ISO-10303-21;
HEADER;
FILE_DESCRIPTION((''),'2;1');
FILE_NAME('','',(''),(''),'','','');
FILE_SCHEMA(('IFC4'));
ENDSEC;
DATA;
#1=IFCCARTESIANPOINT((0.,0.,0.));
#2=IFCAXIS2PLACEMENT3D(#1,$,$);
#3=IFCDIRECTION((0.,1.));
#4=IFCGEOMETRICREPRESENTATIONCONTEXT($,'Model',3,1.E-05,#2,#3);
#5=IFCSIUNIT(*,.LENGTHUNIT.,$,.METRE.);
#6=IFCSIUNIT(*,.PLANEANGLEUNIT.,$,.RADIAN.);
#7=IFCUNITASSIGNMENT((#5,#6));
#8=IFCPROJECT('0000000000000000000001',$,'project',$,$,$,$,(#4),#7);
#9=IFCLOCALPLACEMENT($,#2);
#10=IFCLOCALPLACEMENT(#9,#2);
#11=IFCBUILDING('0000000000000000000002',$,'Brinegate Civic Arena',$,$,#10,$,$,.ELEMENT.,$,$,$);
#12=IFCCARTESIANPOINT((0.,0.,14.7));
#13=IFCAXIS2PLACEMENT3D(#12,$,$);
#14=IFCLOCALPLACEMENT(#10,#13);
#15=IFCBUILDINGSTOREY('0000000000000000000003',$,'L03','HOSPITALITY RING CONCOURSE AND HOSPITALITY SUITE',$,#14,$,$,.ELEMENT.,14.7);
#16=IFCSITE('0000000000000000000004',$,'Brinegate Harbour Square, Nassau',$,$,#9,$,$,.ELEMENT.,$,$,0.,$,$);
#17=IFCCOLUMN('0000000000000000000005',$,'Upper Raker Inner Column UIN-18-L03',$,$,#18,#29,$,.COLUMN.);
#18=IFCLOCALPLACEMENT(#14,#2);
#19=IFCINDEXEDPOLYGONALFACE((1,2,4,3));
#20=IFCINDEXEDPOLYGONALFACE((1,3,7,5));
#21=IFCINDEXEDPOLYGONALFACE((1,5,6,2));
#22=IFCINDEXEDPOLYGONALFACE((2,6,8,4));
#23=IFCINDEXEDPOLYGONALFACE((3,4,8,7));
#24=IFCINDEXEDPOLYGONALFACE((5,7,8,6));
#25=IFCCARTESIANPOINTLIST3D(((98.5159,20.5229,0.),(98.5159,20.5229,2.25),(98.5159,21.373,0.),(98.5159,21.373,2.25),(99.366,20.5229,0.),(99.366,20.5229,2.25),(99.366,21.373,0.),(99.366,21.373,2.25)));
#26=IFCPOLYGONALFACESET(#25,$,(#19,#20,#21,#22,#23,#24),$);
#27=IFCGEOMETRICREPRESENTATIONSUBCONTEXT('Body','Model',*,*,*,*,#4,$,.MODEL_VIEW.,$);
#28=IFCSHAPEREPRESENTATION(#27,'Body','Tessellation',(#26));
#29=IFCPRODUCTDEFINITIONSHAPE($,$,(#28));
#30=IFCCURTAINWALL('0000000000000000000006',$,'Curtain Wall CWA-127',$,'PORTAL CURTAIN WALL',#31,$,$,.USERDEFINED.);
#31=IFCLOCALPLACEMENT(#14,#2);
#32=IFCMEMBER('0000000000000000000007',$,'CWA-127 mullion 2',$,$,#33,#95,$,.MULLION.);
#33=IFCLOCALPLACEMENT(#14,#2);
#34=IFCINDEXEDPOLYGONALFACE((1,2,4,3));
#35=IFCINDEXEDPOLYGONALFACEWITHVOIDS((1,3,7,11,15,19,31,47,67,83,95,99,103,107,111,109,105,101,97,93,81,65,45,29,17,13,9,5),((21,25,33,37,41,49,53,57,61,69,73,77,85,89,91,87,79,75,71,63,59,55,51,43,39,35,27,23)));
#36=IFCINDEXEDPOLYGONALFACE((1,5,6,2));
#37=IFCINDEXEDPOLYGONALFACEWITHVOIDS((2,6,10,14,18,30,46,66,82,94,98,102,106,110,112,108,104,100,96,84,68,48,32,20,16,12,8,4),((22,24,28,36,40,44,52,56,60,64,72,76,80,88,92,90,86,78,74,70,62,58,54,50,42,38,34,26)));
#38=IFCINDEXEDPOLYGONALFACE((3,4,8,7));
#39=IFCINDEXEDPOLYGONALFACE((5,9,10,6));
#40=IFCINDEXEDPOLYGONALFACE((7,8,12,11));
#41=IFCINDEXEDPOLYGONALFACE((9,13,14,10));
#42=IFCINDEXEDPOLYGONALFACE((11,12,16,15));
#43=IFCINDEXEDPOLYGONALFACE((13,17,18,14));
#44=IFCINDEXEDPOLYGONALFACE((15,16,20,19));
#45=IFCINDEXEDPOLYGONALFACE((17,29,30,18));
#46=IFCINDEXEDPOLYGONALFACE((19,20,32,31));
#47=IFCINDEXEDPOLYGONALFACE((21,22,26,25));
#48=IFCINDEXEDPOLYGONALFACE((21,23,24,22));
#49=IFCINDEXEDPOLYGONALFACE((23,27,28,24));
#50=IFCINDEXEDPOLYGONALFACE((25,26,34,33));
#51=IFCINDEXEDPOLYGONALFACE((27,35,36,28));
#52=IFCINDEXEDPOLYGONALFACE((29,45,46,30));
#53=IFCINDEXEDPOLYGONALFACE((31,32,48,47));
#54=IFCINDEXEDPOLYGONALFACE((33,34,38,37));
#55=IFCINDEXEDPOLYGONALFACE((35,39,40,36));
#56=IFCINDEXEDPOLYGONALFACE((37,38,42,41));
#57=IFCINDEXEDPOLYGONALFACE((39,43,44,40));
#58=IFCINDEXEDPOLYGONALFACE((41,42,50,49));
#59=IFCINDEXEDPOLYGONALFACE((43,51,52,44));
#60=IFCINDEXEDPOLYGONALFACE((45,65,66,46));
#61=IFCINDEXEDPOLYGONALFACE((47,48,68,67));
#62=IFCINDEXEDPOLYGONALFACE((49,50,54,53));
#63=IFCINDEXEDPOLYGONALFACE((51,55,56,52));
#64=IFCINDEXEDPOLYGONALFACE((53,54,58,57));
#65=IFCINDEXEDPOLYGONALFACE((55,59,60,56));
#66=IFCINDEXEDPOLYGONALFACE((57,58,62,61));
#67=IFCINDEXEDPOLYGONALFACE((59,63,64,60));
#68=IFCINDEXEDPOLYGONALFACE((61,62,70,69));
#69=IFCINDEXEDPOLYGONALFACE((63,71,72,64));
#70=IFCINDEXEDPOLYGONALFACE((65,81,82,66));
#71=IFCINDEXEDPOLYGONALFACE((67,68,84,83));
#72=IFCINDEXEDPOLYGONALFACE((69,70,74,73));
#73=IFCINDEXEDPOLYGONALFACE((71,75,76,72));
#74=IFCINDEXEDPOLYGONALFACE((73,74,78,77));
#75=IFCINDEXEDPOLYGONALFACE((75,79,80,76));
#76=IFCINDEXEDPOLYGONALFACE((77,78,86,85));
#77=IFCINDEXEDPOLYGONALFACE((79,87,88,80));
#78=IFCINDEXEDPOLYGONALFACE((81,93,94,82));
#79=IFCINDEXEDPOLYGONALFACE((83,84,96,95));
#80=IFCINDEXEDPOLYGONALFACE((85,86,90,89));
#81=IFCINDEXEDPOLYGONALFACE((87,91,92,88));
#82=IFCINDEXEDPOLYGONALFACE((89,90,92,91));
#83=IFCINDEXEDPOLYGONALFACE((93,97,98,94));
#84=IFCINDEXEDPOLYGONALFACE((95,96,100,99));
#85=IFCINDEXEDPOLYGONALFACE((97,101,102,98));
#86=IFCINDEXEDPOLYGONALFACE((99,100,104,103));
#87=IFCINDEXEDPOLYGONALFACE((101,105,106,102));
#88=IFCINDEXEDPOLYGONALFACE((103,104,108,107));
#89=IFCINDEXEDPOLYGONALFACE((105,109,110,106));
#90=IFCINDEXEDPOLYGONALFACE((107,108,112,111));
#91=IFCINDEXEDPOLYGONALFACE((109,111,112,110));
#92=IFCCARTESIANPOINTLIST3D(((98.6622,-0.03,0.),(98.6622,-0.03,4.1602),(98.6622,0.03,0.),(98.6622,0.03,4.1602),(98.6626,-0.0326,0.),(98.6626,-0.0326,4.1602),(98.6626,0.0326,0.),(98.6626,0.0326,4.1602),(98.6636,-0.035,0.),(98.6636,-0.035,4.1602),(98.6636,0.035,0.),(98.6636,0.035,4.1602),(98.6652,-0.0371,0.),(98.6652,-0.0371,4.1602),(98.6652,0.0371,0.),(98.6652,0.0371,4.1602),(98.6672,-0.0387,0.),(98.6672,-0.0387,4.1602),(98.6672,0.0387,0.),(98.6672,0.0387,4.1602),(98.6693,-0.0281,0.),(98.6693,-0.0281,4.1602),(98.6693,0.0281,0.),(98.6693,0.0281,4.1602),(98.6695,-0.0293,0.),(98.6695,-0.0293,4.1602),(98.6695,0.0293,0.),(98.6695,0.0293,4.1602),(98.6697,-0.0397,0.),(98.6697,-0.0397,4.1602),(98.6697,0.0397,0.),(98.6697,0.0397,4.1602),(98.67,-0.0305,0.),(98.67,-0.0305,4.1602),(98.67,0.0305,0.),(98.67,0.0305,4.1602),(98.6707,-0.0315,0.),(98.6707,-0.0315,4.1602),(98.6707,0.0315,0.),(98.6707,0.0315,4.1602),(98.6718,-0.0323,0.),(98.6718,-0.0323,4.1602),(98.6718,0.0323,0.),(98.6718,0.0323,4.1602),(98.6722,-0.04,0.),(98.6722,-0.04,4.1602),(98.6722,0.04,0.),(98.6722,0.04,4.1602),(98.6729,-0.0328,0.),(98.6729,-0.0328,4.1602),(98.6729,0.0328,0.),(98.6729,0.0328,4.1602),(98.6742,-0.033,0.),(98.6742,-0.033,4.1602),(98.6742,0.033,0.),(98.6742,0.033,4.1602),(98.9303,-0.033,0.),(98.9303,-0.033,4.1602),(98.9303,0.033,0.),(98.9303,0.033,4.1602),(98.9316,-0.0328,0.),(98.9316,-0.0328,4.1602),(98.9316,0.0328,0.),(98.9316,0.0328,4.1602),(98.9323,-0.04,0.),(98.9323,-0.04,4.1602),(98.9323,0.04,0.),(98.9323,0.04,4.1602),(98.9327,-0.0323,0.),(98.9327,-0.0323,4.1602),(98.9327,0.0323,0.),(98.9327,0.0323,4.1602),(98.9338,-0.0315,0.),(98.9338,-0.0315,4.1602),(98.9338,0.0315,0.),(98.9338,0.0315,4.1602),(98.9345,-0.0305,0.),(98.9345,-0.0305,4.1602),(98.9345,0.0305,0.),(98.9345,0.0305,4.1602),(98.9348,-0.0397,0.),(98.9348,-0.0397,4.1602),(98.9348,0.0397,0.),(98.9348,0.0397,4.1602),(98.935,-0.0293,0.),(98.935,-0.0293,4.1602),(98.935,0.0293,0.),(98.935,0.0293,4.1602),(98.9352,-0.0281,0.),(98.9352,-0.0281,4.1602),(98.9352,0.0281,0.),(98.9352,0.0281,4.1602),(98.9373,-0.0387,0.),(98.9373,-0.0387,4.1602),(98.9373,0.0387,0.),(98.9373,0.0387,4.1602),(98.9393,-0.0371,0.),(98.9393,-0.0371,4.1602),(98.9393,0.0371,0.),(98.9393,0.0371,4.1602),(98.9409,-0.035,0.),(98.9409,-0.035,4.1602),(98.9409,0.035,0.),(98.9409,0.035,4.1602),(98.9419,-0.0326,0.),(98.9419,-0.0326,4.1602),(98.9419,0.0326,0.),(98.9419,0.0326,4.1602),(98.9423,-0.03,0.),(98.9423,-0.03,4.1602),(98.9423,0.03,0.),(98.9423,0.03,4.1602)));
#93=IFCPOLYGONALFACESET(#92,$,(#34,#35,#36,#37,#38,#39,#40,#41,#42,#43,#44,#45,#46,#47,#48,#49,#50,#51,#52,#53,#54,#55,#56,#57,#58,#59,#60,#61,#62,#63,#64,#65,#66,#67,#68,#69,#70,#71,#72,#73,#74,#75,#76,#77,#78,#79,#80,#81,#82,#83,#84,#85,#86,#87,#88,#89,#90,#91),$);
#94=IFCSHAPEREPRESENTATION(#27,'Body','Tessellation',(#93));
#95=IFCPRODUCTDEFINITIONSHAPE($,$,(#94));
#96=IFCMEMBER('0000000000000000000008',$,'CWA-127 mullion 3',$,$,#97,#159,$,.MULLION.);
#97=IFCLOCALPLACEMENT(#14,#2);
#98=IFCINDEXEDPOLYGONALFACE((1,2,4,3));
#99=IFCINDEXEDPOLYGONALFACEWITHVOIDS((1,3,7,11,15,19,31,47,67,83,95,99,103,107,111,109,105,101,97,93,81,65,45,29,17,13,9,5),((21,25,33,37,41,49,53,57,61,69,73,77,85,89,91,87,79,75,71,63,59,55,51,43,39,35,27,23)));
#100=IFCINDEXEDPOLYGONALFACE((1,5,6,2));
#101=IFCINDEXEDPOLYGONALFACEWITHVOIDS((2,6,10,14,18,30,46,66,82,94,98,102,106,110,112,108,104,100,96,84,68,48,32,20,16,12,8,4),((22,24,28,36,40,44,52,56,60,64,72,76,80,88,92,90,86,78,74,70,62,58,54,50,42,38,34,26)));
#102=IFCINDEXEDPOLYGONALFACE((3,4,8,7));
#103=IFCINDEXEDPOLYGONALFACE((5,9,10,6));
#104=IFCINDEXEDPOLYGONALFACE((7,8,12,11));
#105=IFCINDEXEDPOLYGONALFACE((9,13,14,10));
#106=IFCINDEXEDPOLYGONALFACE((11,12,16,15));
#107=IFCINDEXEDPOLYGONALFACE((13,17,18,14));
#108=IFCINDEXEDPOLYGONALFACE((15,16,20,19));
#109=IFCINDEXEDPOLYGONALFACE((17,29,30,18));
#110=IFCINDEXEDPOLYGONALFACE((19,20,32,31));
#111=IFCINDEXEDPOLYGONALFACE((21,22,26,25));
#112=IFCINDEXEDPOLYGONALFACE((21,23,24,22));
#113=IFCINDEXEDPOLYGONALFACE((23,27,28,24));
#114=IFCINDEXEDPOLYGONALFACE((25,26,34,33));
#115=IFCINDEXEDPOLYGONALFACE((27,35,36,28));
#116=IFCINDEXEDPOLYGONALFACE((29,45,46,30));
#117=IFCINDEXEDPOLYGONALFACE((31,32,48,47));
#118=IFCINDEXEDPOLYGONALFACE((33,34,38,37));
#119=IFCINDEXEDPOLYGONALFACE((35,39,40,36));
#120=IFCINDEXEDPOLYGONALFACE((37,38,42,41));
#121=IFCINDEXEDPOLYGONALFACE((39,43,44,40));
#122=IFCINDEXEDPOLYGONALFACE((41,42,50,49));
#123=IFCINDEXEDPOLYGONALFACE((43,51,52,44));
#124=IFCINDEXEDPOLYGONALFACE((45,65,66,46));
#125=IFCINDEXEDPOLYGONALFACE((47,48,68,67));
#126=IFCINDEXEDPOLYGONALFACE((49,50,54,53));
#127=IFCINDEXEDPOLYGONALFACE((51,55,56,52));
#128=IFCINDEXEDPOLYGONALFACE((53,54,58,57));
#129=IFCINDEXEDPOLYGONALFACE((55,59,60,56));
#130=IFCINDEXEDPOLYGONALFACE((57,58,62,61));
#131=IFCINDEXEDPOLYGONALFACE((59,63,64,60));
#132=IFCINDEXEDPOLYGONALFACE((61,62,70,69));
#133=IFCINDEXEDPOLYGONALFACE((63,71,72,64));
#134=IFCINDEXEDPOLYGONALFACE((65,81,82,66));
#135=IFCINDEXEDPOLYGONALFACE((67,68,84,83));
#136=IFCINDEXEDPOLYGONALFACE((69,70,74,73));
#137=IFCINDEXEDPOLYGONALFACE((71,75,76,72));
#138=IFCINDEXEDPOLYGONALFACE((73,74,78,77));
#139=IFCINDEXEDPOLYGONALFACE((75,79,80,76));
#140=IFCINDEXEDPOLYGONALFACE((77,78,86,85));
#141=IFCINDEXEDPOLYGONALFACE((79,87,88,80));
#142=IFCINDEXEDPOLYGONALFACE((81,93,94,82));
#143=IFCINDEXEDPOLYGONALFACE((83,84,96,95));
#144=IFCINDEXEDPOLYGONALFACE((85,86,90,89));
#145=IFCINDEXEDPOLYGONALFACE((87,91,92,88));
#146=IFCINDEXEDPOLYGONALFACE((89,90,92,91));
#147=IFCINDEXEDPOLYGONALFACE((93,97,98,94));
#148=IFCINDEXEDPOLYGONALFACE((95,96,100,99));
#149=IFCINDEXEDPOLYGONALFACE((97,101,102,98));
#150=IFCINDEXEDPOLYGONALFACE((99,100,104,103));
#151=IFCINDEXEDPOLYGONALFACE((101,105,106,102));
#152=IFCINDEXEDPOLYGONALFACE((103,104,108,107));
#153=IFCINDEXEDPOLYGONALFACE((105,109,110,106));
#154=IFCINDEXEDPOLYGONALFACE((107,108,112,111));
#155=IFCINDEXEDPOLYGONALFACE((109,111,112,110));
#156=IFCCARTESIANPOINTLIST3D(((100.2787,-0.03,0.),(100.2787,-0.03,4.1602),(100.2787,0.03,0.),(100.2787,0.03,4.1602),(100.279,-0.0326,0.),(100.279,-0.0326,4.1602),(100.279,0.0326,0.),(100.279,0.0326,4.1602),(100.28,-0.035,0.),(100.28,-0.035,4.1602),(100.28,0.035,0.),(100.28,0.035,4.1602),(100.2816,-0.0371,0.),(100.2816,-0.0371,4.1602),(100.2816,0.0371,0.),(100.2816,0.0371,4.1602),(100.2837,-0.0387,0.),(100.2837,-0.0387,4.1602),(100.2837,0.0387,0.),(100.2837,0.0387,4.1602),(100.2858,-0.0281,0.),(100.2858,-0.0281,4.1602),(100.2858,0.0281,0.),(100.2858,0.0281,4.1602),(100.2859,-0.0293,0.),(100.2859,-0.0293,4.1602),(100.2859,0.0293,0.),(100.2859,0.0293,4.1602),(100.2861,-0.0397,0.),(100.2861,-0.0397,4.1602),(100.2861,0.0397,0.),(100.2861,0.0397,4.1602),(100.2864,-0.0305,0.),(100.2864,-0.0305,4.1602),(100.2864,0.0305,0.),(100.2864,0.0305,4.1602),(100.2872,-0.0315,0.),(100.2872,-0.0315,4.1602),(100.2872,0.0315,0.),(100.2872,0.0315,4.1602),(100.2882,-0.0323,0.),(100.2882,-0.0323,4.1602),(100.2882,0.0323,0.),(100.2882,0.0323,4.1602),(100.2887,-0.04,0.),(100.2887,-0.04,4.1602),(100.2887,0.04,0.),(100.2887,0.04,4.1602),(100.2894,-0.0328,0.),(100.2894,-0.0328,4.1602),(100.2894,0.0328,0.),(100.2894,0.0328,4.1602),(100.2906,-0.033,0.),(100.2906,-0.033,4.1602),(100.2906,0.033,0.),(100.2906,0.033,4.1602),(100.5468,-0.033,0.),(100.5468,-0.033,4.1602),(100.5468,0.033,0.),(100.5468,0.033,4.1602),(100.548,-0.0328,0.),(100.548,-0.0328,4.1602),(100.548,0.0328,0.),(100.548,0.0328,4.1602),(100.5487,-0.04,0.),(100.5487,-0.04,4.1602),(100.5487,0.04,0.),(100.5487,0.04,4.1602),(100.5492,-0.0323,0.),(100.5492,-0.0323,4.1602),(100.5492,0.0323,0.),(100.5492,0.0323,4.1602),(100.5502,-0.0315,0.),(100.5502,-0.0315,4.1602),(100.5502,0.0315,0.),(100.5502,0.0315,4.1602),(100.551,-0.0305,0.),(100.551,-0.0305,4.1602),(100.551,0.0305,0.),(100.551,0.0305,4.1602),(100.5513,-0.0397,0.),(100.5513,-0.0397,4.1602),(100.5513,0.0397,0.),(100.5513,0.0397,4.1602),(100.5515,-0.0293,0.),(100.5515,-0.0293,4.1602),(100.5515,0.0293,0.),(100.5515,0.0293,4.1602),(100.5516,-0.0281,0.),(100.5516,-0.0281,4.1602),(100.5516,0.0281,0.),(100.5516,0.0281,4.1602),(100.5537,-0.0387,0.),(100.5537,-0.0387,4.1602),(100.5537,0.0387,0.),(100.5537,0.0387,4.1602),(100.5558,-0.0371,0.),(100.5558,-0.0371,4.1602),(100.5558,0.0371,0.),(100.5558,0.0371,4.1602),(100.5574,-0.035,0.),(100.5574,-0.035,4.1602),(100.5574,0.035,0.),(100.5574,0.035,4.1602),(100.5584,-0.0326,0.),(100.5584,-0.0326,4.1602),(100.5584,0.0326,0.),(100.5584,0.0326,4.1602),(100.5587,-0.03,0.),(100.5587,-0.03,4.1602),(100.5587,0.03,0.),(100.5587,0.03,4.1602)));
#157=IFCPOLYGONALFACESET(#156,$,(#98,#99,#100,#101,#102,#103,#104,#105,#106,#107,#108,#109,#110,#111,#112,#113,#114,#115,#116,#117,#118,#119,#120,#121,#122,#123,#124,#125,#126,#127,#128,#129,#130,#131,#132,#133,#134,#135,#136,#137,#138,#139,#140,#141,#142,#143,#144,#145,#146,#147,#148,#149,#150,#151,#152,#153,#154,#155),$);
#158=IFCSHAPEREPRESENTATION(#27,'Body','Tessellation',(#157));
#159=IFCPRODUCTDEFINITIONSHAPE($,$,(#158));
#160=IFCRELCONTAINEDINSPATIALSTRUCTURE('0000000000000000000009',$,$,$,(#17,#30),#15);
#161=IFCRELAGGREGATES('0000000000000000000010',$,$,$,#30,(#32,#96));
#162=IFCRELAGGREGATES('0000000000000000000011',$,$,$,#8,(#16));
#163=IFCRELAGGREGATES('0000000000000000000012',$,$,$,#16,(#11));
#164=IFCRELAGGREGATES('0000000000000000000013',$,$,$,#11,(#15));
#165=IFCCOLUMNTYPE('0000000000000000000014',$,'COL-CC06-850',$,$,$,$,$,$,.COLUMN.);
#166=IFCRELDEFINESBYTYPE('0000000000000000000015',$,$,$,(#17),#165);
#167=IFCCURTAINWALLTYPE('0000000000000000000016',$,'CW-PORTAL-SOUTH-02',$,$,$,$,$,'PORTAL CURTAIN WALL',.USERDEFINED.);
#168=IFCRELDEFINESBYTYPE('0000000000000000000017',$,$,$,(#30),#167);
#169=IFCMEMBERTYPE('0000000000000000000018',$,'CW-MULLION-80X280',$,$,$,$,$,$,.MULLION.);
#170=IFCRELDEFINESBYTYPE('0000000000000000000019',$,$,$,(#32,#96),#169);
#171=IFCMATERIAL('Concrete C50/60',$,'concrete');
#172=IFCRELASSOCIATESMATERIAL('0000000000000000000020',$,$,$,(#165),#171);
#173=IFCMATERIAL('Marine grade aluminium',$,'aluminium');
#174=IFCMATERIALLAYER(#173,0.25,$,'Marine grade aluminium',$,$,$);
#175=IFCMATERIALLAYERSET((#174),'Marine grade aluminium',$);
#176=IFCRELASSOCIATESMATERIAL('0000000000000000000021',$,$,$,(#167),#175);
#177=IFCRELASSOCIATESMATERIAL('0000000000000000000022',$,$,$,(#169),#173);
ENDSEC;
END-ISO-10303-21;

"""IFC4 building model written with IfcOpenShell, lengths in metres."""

from ifc_helpers import new_model, si_unit, direction, frame, origin, origin_2d, place, context, subcontext, project, spatial, rectangle, hollow_rectangle, extrude, material, layer, layer_set, material_profile, profile_set, type_object, element, aggregate, save


model = new_model("IFC4")

# Units and contexts
model_context = context("Model", 3, precision=1e-05, world=origin(), true_north=direction((0.0, 1.0)))
body_context = subcontext(model_context, "Body", "Model", "MODEL_VIEW")
ifc_project = project(units=[si_unit("LENGTHUNIT", "METRE"), si_unit("PLANEANGLEUNIT", "RADIAN")], contexts=[model_context])

# Site, building, storey
site_placement = place(None, origin())
site = spatial("IfcSite", under=ifc_project, at=site_placement, Name="Brinegate Harbour Square, Nassau", CompositionType="ELEMENT", RefElevation=0.0)
building_placement = place(site_placement, origin())
building = spatial("IfcBuilding", under=site, at=building_placement, Name="Brinegate Civic Arena", CompositionType="ELEMENT")
storey_placement = place(building_placement, frame((0.0, 0.0, 14.7)))
storey = spatial("IfcBuildingStorey", under=building, at=storey_placement, Name="L03", Description="HOSPITALITY RING CONCOURSE AND HOSPITALITY SUITE", CompositionType="ELEMENT", Elevation=14.7)

# Column
ifc_material_1 = material(Name="Concrete C50/60", Category="concrete")
ifc_material_profile_1 = material_profile(ifc_material_1, rectangle(XDim=0.8501, YDim=0.8501, at=origin_2d()), Name="RC850X850")
ifc_profile_set_1 = profile_set([ifc_material_profile_1], Name="Concrete C50/60")
column_type = type_object("IfcColumnType", Name="COL-CC06-850", PredefinedType="COLUMN", material=ifc_profile_set_1)
column_placement = place(storey_placement, frame((98.9409, 20.948, 0.0), z_axis=(0.0, 0.0, 1.0), x_axis=(1.0, 0.0, 0.0)))
element("IfcColumn", 1, at=column_placement, inside=storey, type_object=column_type, Name="Upper Raker Inner Column UIN-18-L03", PredefinedType="COLUMN", context=body_context, shape_type="SweptSolid", body=[
    extrude(rectangle(XDim=0.8501, YDim=0.8501, at=origin_2d()), origin(), (0.0, 0.0, 1.0), 2.25),
])

# Curtain wall, members
ifc_material_2 = material(Name="Marine grade aluminium", Category="aluminium")
ifc_layer_1 = layer(ifc_material_2, 0.25, Name="Marine grade aluminium")
ifc_layer_set_1 = layer_set([ifc_layer_1], Name="Marine grade aluminium")
curtain_wall_type = type_object("IfcCurtainWallType", Name="CW-PORTAL-SOUTH-02", ElementType="PORTAL CURTAIN WALL", PredefinedType="USERDEFINED", material=ifc_layer_set_1)
curtain_wall_placement = place(storey_placement, origin())
curtain_wall = element("IfcCurtainWall", 2, at=curtain_wall_placement, inside=storey, type_object=curtain_wall_type, Name="Curtain Wall CWA-127", ObjectType="PORTAL CURTAIN WALL", PredefinedType="USERDEFINED")
ifc_material_profile_2 = material_profile(ifc_material_2, hollow_rectangle(XDim=0.0801, YDim=0.28, WallThickness=0.0071, InnerFilletRadius=0.0049, OuterFilletRadius=0.01, at=origin_2d()), Name="MUL80X280")
ifc_profile_set_2 = profile_set([ifc_material_profile_2], Name="Marine grade aluminium")
member_type_1 = type_object("IfcMemberType", Name="CW-MULLION-80X280", PredefinedType="MULLION", material=ifc_profile_set_2)
member_1_placement = place(storey_placement, frame((98.8022, 0.0, 0.0), z_axis=(0.0, 0.0, 1.0), x_axis=(0.0, 1.0, 0.0)))
member_1 = element("IfcMember", 3, at=member_1_placement, type_object=member_type_1, Name="CWA-127 mullion 2", PredefinedType="MULLION", context=body_context, shape_type="SweptSolid", body=[
    extrude(hollow_rectangle(XDim=0.0801, YDim=0.28, WallThickness=0.0071, InnerFilletRadius=0.0049, OuterFilletRadius=0.01, at=origin_2d()), origin(), (0.0, 0.0, 1.0), 4.1602),
])
member_2_placement = place(storey_placement, frame((100.4187, 0.0, 0.0), z_axis=(0.0, 0.0, 1.0), x_axis=(0.0, 1.0, 0.0)))
member_2 = element("IfcMember", 4, at=member_2_placement, type_object=member_type_1, Name="CWA-127 mullion 3", PredefinedType="MULLION", context=body_context, shape_type="SweptSolid", body=[
    extrude(hollow_rectangle(XDim=0.0801, YDim=0.28, WallThickness=0.0071, InnerFilletRadius=0.0049, OuterFilletRadius=0.01, at=origin_2d()), origin(), (0.0, 0.0, 1.0), 4.1602),
])
aggregate(curtain_wall, [member_1, member_2])

save(model, "model.ifc")
